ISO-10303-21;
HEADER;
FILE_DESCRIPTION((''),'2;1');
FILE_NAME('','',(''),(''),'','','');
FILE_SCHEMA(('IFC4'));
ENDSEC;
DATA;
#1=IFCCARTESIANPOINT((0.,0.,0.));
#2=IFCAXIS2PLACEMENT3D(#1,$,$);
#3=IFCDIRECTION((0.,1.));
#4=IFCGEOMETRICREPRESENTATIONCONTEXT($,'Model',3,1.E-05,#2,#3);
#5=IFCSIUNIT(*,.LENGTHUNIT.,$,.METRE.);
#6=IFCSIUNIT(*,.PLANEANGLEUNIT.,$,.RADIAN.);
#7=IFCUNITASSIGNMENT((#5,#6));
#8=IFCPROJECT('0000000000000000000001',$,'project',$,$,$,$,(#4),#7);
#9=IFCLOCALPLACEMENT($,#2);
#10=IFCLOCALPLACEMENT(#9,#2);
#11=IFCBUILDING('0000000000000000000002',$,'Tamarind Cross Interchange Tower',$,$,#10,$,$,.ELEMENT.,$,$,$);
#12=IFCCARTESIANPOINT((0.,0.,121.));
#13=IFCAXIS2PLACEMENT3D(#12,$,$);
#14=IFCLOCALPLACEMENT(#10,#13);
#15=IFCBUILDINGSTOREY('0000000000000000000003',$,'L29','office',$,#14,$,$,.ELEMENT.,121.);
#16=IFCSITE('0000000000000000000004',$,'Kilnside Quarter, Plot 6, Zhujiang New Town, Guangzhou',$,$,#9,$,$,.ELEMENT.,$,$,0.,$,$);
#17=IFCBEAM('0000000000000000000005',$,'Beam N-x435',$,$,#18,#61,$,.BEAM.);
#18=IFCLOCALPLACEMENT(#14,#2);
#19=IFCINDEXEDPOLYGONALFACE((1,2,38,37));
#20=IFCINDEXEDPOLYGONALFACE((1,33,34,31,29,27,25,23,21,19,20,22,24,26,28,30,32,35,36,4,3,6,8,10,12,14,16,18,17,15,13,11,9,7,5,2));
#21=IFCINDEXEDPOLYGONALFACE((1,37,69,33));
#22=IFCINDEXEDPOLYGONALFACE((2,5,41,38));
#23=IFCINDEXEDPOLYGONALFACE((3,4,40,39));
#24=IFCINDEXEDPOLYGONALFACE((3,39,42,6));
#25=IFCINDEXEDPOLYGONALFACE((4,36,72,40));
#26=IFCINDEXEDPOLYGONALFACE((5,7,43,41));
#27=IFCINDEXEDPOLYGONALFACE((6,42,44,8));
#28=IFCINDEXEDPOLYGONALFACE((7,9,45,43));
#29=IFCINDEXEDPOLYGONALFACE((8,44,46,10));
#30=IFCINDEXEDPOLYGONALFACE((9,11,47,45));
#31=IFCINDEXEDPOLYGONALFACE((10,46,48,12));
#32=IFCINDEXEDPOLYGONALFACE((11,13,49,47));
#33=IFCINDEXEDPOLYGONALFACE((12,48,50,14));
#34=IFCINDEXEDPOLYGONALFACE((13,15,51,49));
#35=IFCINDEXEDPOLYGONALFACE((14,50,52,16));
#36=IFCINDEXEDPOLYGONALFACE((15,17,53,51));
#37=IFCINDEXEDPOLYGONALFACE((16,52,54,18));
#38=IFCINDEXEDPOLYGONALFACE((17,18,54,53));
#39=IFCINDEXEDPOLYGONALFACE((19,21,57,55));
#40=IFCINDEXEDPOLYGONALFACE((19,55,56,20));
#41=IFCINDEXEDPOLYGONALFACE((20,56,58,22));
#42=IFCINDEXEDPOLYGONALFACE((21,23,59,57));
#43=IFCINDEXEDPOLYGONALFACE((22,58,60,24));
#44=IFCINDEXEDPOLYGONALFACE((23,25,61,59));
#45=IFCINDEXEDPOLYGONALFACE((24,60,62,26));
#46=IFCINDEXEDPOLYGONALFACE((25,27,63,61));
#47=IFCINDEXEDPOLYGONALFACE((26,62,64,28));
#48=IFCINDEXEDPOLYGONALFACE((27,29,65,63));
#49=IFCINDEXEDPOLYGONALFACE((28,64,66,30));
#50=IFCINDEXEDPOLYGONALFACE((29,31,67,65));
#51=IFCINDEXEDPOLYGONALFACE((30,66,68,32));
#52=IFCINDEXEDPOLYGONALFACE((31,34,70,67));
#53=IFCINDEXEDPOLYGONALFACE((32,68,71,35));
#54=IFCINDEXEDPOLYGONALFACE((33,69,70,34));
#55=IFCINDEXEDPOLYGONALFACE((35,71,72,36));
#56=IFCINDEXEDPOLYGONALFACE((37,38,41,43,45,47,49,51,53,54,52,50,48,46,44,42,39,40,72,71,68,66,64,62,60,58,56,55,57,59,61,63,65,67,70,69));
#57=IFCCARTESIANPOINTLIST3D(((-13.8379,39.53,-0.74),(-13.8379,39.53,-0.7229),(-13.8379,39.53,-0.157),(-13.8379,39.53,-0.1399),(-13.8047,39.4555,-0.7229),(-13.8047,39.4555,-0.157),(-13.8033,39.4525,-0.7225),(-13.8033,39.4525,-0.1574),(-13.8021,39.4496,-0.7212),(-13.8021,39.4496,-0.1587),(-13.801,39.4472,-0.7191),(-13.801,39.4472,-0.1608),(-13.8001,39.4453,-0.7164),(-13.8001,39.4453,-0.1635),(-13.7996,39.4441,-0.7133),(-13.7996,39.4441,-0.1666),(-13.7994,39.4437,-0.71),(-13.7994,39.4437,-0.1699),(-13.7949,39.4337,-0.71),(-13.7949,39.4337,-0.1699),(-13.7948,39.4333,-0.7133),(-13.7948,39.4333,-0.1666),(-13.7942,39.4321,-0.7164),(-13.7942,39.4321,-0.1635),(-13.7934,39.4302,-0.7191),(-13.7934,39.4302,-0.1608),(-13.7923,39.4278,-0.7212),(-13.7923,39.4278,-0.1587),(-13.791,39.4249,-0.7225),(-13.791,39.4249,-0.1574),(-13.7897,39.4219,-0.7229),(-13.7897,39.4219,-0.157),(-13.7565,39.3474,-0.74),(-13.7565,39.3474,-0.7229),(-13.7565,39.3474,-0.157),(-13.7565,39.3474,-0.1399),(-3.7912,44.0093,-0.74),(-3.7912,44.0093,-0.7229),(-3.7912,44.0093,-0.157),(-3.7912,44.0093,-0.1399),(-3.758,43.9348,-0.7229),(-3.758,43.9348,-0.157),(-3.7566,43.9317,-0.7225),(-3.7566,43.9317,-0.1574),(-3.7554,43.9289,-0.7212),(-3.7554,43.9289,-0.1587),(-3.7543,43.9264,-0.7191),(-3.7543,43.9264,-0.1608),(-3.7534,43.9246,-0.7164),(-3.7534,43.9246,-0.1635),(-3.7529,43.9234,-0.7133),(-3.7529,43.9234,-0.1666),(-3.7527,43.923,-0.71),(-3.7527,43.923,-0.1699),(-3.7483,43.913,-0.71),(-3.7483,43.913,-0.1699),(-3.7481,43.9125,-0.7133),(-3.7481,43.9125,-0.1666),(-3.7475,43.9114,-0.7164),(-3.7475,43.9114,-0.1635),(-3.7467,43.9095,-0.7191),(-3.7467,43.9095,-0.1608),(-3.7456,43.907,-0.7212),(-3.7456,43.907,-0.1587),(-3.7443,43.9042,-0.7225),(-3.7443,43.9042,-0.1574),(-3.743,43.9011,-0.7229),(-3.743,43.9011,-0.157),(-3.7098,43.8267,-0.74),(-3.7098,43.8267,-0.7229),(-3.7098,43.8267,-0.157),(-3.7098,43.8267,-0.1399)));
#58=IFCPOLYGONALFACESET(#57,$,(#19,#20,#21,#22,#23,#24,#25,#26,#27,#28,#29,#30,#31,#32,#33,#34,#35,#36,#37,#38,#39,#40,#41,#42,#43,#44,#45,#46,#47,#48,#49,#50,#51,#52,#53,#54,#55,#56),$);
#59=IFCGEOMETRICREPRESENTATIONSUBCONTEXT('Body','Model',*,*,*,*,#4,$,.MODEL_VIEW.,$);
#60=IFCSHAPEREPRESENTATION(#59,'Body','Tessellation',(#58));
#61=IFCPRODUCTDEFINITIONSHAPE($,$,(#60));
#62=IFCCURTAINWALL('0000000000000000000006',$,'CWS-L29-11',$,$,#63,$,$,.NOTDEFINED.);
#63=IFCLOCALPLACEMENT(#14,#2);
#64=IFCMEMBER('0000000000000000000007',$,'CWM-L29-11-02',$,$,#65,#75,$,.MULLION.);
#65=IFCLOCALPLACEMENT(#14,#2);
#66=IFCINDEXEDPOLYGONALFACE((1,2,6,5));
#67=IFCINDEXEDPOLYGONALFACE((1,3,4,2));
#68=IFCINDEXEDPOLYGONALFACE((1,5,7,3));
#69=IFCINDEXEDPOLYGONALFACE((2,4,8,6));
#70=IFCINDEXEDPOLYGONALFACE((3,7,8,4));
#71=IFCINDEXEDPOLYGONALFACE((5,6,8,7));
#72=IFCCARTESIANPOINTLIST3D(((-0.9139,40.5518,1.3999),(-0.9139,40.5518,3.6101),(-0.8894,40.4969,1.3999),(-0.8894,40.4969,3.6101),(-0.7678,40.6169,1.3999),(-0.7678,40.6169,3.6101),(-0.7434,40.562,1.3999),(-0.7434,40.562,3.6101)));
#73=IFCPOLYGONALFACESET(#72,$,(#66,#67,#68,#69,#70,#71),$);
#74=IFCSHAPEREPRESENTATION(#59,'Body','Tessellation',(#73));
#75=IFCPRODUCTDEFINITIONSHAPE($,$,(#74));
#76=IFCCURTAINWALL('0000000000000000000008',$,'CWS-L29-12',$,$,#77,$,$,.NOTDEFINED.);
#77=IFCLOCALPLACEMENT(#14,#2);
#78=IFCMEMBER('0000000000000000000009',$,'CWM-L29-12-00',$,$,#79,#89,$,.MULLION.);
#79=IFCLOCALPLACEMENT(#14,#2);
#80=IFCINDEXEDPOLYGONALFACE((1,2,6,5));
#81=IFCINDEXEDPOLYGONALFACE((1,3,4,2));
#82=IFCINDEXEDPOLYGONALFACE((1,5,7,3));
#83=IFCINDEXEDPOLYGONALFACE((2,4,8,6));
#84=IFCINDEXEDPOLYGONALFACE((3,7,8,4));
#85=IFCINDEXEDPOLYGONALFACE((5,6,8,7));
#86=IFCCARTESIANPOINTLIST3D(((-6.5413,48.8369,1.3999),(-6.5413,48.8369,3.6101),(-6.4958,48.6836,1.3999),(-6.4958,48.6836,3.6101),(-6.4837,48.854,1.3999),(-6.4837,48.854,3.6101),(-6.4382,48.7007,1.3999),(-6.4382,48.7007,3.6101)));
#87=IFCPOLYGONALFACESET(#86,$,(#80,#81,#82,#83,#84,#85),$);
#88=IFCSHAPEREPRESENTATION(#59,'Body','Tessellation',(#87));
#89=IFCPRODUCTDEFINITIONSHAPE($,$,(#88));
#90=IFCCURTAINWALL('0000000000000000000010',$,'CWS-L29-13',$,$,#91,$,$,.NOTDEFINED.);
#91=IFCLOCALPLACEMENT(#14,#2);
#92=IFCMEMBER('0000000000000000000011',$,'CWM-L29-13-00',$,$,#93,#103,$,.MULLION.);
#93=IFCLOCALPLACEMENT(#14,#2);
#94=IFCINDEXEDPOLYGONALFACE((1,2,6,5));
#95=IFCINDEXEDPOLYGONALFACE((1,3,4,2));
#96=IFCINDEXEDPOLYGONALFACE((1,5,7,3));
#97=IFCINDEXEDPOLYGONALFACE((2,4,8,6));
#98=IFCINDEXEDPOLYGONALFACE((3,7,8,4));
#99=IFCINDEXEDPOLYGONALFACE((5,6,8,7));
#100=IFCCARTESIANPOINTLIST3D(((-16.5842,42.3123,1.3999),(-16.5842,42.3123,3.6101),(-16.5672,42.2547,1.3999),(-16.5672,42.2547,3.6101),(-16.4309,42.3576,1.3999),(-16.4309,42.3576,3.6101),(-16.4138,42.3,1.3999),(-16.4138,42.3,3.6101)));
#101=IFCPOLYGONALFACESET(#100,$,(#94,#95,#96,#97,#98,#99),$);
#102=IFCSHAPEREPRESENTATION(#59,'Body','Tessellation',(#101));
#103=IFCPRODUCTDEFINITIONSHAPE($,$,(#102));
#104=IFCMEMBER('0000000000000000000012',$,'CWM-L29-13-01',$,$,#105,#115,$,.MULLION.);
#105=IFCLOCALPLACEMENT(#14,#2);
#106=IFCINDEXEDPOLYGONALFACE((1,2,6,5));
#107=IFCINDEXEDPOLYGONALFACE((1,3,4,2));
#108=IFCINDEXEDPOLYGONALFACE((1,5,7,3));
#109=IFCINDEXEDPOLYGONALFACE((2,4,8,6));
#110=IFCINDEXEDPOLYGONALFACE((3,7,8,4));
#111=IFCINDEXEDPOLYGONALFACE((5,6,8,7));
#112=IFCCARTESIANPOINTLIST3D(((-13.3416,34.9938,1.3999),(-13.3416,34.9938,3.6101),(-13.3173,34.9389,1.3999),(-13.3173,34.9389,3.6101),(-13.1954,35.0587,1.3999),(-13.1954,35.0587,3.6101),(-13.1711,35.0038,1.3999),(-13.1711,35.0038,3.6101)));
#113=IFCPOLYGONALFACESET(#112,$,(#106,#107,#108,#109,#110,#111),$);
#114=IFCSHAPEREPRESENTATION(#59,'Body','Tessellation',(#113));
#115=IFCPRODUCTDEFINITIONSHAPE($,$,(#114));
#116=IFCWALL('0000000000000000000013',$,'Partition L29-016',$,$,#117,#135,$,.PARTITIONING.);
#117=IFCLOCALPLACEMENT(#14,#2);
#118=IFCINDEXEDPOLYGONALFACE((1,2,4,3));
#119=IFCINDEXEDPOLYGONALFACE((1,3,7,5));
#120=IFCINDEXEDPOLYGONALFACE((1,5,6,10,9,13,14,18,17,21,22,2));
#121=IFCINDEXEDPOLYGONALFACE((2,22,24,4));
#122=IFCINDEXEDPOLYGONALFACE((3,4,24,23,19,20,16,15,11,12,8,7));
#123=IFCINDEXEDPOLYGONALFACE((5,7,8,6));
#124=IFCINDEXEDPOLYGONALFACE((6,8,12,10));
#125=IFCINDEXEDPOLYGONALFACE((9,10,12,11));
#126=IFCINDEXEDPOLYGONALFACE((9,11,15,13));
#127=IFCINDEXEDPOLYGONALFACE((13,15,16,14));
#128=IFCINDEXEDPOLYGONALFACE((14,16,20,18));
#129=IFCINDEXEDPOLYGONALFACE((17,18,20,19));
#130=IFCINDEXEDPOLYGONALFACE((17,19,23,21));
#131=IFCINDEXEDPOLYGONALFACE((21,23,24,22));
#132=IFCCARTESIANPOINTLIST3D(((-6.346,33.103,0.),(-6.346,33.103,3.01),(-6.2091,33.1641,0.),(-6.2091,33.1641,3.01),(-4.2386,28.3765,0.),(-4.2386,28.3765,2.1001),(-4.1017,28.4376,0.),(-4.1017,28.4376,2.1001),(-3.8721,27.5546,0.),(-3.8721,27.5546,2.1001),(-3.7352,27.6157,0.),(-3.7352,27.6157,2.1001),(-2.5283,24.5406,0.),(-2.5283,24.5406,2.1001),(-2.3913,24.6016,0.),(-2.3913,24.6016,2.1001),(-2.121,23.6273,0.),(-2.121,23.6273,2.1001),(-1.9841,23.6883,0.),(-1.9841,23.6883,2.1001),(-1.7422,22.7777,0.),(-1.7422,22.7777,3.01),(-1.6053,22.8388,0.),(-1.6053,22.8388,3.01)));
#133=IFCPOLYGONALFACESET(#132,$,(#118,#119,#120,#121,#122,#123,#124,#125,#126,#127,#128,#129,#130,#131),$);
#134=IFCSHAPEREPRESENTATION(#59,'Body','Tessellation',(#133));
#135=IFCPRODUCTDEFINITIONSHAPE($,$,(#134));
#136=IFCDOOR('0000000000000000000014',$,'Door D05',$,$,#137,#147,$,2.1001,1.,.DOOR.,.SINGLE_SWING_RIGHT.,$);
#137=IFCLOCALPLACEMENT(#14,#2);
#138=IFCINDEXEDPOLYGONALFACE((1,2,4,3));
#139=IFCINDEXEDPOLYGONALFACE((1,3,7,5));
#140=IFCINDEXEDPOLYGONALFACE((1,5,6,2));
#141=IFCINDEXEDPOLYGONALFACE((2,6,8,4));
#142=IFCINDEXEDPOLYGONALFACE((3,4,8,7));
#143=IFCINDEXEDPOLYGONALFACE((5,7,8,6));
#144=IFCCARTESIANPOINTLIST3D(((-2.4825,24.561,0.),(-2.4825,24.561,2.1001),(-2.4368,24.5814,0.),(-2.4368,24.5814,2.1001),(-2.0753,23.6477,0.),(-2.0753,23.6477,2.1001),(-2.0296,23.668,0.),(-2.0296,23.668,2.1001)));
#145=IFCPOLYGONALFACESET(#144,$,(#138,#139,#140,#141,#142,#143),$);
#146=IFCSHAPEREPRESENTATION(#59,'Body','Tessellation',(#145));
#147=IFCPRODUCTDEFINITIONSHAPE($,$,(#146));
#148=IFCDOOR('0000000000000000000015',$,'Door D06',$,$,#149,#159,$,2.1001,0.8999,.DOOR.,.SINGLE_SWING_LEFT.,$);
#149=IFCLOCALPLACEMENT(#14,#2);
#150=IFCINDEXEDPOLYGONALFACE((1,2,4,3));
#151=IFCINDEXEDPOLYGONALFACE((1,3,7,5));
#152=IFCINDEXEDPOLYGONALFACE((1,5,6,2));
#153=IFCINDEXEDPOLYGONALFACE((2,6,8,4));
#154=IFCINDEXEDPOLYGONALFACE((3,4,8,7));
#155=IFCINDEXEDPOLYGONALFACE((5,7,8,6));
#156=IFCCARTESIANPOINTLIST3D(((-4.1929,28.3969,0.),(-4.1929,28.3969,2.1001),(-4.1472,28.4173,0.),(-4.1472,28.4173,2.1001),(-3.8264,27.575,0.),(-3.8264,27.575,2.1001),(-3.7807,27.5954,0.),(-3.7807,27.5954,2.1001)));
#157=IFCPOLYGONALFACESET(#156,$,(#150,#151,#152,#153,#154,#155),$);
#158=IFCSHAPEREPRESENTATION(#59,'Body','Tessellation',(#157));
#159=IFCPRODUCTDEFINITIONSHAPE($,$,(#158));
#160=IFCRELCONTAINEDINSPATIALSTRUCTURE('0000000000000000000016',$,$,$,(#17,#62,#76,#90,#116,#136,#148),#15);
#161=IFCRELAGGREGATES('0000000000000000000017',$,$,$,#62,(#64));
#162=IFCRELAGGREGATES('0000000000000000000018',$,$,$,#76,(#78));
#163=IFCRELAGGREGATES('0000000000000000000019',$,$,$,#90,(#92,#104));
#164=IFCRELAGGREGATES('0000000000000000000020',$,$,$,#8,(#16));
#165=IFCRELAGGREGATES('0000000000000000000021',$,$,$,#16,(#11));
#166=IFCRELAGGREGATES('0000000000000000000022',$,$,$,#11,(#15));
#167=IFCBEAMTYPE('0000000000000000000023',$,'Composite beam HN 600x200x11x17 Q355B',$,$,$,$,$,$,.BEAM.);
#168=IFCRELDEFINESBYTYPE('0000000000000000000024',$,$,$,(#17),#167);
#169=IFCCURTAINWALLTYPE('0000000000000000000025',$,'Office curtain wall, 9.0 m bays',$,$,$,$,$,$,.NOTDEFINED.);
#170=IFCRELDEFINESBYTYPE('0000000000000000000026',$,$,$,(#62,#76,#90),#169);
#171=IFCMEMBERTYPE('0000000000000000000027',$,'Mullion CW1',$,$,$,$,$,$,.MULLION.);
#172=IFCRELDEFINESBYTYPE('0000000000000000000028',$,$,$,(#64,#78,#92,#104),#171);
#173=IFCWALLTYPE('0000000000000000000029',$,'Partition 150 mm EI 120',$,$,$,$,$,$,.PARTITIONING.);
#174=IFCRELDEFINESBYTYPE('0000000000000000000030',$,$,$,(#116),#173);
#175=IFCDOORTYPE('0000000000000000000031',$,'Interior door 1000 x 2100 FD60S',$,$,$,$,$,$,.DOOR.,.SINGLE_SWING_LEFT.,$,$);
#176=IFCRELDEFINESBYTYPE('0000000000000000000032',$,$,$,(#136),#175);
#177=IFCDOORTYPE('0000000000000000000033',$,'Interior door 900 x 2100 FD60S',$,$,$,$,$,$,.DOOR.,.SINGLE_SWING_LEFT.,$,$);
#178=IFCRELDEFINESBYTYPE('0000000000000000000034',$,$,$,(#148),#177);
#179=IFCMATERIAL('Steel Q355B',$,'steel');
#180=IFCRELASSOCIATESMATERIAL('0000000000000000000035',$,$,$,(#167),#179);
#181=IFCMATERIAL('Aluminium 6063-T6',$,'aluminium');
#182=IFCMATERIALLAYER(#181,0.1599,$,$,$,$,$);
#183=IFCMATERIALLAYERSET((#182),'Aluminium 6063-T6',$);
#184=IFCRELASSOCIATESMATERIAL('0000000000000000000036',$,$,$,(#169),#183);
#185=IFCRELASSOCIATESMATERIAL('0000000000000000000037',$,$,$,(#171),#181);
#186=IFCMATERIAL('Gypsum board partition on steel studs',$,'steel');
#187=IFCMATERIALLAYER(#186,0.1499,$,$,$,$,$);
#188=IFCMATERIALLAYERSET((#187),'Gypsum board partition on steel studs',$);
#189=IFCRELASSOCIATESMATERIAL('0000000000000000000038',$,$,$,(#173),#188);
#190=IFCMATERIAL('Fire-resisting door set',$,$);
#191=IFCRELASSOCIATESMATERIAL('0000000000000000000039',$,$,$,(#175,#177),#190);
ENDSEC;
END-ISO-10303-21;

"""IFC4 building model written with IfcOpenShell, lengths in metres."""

from ifc_helpers import new_model, si_unit, direction, frame, frame_2d, origin, origin_2d, place, context, subcontext, project, spatial, rectangle, i_section, extrude, material, layer, layer_set, material_profile, profile_set, type_object, element, fill, aggregate, save


model = new_model("IFC4")

# Units and contexts
model_context = context("Model", 3, precision=1e-05, world=origin(), true_north=direction((0.0, 1.0)))
body_context = subcontext(model_context, "Body", "Model", "MODEL_VIEW")
ifc_project = project(units=[si_unit("LENGTHUNIT", "METRE"), si_unit("PLANEANGLEUNIT", "RADIAN")], contexts=[model_context])

# Site, building, storey
site_placement = place(None, origin())
site = spatial("IfcSite", under=ifc_project, at=site_placement, Name="Kilnside Quarter, Plot 6, Zhujiang New Town, Guangzhou", CompositionType="ELEMENT", RefElevation=0.0)
building_placement = place(site_placement, origin())
building = spatial("IfcBuilding", under=site, at=building_placement, Name="Tamarind Cross Interchange Tower", CompositionType="ELEMENT")
storey_placement = place(building_placement, frame((0.0, 0.0, 121.0)))
storey = spatial("IfcBuildingStorey", under=building, at=storey_placement, Name="L29", Description="office", CompositionType="ELEMENT", Elevation=121.0)

# Beam
ifc_material_1 = material(Name="Steel Q355B", Category="steel")
ifc_material_profile_1 = material_profile(ifc_material_1, i_section(OverallWidth=0.2, OverallDepth=0.6001, WebThickness=0.011, FlangeThickness=0.0171, FilletRadius=0.0129, at=origin_2d()), Name="HN 600x200x11x17")
ifc_profile_set_1 = profile_set([ifc_material_profile_1], Name="Steel Q355B")
beam_type_1 = type_object("IfcBeamType", Name="Composite beam HN 600x200x11x17 Q355B", PredefinedType="BEAM", material=ifc_profile_set_1)
for number, where, z_axis, x_axis, name in (
    (1, (-3.7505, 43.918, -0.4399), (-0.913336, -0.407207, 0.0), (0.407207, -0.913336, 0.0), "Beam N-x435"),
):
    element("IfcBeam", number, at=place(storey_placement, frame(where, z_axis=z_axis, x_axis=x_axis)), inside=storey, type_object=beam_type_1, Name=name, PredefinedType="BEAM", context=body_context, shape_type="SweptSolid", body=[
        extrude(i_section(OverallWidth=0.2, OverallDepth=0.6001, WebThickness=0.011, FlangeThickness=0.0171, FilletRadius=0.0129, at=origin_2d()), origin(), (0.0, 0.0, 1.0), 11.0),
    ])

# Curtain walls, members
ifc_material_2 = material(Name="Aluminium 6063-T6", Category="aluminium")
ifc_layer_1 = layer(ifc_material_2, 0.1599)
ifc_layer_set_1 = layer_set([ifc_layer_1], Name="Aluminium 6063-T6")
curtain_wall_type = type_object("IfcCurtainWallType", Name="Office curtain wall, 9.0 m bays", PredefinedType="NOTDEFINED", material=ifc_layer_set_1)
curtain_wall_1_placement = place(storey_placement, origin())
curtain_wall_1 = element("IfcCurtainWall", 2, at=curtain_wall_1_placement, inside=storey, type_object=curtain_wall_type, Name="CWS-L29-11", PredefinedType="NOTDEFINED")
ifc_material_profile_2 = material_profile(ifc_material_2, rectangle(XDim=0.0601, YDim=0.1599, at=origin_2d()), Name="Mullion CW1")
ifc_profile_set_2 = profile_set([ifc_material_profile_2], Name="Aluminium 6063-T6")
member_type = type_object("IfcMemberType", Name="Mullion CW1", PredefinedType="MULLION", material=ifc_profile_set_2)
member_1_placement = place(storey_placement, frame((-0.8286, 40.5569, 1.3999), z_axis=(0.0, 0.0, 1.0), x_axis=(-0.407221, 0.91333, 0.0)))
member_1 = element("IfcMember", 3, at=member_1_placement, type_object=member_type, Name="CWM-L29-11-02", PredefinedType="MULLION", context=body_context, shape_type="SweptSolid", body=[
    extrude(rectangle(XDim=0.0601, YDim=0.1599, at=origin_2d()), origin(), (0.0, 0.0, 1.0), 2.2102),
])
aggregate(curtain_wall_1, [member_1])
curtain_wall_2_placement = place(storey_placement, origin())
curtain_wall_2 = element("IfcCurtainWall", 4, at=curtain_wall_2_placement, inside=storey, type_object=curtain_wall_type, Name="CWS-L29-12", PredefinedType="NOTDEFINED")
member_2_placement = place(storey_placement, frame((-6.4897, 48.7688, 1.3999), z_axis=(0.0, 0.0, 1.0), x_axis=(-0.958669, -0.284524, 0.0)))
member_2 = element("IfcMember", 5, at=member_2_placement, type_object=member_type, Name="CWM-L29-12-00", PredefinedType="MULLION", context=body_context, shape_type="SweptSolid", body=[
    extrude(rectangle(XDim=0.0601, YDim=0.1599, at=origin_2d()), origin(), (0.0, 0.0, 1.0), 2.2102),
])
aggregate(curtain_wall_2, [member_2])

# Curtain wall, members
curtain_wall_3_placement = place(storey_placement, origin())
curtain_wall_3 = element("IfcCurtainWall", 6, at=curtain_wall_3_placement, inside=storey, type_object=curtain_wall_type, Name="CWS-L29-13", PredefinedType="NOTDEFINED")
member_3_placement = place(storey_placement, frame((-16.499, 42.3062, 1.3999), z_axis=(0.0, 0.0, 1.0), x_axis=(0.283686, -0.958917, 0.0)))
member_3 = element("IfcMember", 7, at=member_3_placement, type_object=member_type, Name="CWM-L29-13-00", PredefinedType="MULLION", context=body_context, shape_type="SweptSolid", body=[
    extrude(rectangle(XDim=0.0601, YDim=0.1599, at=origin_2d()), origin(), (0.0, 0.0, 1.0), 2.2102),
])
member_4_placement = place(storey_placement, frame((-13.2563, 34.9988, 1.3999), z_axis=(0.0, 0.0, 1.0), x_axis=(0.405624, -0.91404, 0.0)))
member_4 = element("IfcMember", 8, at=member_4_placement, type_object=member_type, Name="CWM-L29-13-01", PredefinedType="MULLION", context=body_context, shape_type="SweptSolid", body=[
    extrude(rectangle(XDim=0.0601, YDim=0.1599, at=origin_2d()), origin(), (0.0, 0.0, 1.0), 2.2102),
])
aggregate(curtain_wall_3, [member_3, member_4])

# Wall, openings, doors
ifc_material_3 = material(Name="Gypsum board partition on steel studs", Category="steel")
ifc_layer_2 = layer(ifc_material_3, 0.1499)
ifc_layer_set_2 = layer_set([ifc_layer_2], Name="Gypsum board partition on steel studs")
wall_type_1 = type_object("IfcWallType", Name="Partition 150 mm EI 120", PredefinedType="PARTITIONING", material=ifc_layer_set_2)
wall_1_placement = place(storey_placement, frame((-6.2776, 33.1335, 0.0), z_axis=(0.0, 0.0, 1.0), x_axis=(0.40723, -0.913326, 0.0)))
wall_1 = element("IfcWall", 9, at=wall_1_placement, inside=storey, type_object=wall_type_1, Name="Partition L29-016", PredefinedType="PARTITIONING", context=body_context, shape_type="SweptSolid", body=[
    extrude(rectangle(XDim=11.3052, YDim=0.1499, at=frame_2d((5.6526, 0.0))), origin(), (0.0, 0.0, 1.0), 3.01),
])
opening_1_placement = place(wall_1_placement, frame((9.375, 0.0, 0.0)))
opening_1 = element("IfcOpeningElement", 10, at=opening_1_placement, cuts=wall_1, PredefinedType="OPENING", context=body_context, shape_type="SweptSolid", body=[
    extrude(rectangle(XDim=1.0, YDim=2.1001, at=frame_2d((0.5, 1.05))), frame((0.0, 0.085, 0.0), z_axis=(0.0, -1.0, 0.0), x_axis=(1.0, 0.0, 0.0)), (0.0, 0.0, 1.0), 0.1699),
])
opening_2_placement = place(wall_1_placement, frame((5.175, 0.0, 0.0)))
opening_2 = element("IfcOpeningElement", 11, at=opening_2_placement, cuts=wall_1, PredefinedType="OPENING", context=body_context, shape_type="SweptSolid", body=[
    extrude(rectangle(XDim=0.8999, YDim=2.1001, at=frame_2d((0.45, 1.05))), frame((0.0, 0.085, 0.0), z_axis=(0.0, -1.0, 0.0), x_axis=(1.0, 0.0, 0.0)), (0.0, 0.0, 1.0), 0.1699),
])
ifc_material_4 = material(Name="Fire-resisting door set")
door_type_1 = type_object("IfcDoorType", Name="Interior door 1000 x 2100 FD60S", OperationType="SINGLE_SWING_LEFT", PredefinedType="DOOR", material=ifc_material_4)
door_1_placement = place(opening_1_placement, frame((1.0, 0.0, 0.0), z_axis=(0.0, 0.0, 1.0), x_axis=(-1.0, 0.0, 0.0)))
door_1 = element("IfcDoor", 12, at=door_1_placement, inside=storey, type_object=door_type_1, Name="Door D05", OperationType="SINGLE_SWING_RIGHT", OverallHeight=2.1001, OverallWidth=1.0, PredefinedType="DOOR", context=body_context, shape_type="SweptSolid", body=[
    extrude(rectangle(XDim=1.0, YDim=2.1001, at=frame_2d((0.5, 1.05))), frame((0.0, 0.0249, 0.0), z_axis=(0.0, -1.0, 0.0), x_axis=(1.0, 0.0, 0.0)), (0.0, 0.0, 1.0), 0.05),
])
fill(opening_1, door_1)
door_type_2 = type_object("IfcDoorType", Name="Interior door 900 x 2100 FD60S", OperationType="SINGLE_SWING_LEFT", PredefinedType="DOOR", material=ifc_material_4)
door_2_placement = place(opening_2_placement, frame((0.8999, 0.0, 0.0), z_axis=(0.0, 0.0, 1.0), x_axis=(-1.0, 0.0, 0.0)))
door_2 = element("IfcDoor", 13, at=door_2_placement, inside=storey, type_object=door_type_2, Name="Door D06", OperationType="SINGLE_SWING_LEFT", OverallHeight=2.1001, OverallWidth=0.8999, PredefinedType="DOOR", context=body_context, shape_type="SweptSolid", body=[
    extrude(rectangle(XDim=0.8999, YDim=2.1001, at=frame_2d((0.45, 1.05))), frame((0.0, 0.0249, 0.0), z_axis=(0.0, -1.0, 0.0), x_axis=(1.0, 0.0, 0.0)), (0.0, 0.0, 1.0), 0.05),
])
fill(opening_2, door_2)

save(model, "model.ifc")
